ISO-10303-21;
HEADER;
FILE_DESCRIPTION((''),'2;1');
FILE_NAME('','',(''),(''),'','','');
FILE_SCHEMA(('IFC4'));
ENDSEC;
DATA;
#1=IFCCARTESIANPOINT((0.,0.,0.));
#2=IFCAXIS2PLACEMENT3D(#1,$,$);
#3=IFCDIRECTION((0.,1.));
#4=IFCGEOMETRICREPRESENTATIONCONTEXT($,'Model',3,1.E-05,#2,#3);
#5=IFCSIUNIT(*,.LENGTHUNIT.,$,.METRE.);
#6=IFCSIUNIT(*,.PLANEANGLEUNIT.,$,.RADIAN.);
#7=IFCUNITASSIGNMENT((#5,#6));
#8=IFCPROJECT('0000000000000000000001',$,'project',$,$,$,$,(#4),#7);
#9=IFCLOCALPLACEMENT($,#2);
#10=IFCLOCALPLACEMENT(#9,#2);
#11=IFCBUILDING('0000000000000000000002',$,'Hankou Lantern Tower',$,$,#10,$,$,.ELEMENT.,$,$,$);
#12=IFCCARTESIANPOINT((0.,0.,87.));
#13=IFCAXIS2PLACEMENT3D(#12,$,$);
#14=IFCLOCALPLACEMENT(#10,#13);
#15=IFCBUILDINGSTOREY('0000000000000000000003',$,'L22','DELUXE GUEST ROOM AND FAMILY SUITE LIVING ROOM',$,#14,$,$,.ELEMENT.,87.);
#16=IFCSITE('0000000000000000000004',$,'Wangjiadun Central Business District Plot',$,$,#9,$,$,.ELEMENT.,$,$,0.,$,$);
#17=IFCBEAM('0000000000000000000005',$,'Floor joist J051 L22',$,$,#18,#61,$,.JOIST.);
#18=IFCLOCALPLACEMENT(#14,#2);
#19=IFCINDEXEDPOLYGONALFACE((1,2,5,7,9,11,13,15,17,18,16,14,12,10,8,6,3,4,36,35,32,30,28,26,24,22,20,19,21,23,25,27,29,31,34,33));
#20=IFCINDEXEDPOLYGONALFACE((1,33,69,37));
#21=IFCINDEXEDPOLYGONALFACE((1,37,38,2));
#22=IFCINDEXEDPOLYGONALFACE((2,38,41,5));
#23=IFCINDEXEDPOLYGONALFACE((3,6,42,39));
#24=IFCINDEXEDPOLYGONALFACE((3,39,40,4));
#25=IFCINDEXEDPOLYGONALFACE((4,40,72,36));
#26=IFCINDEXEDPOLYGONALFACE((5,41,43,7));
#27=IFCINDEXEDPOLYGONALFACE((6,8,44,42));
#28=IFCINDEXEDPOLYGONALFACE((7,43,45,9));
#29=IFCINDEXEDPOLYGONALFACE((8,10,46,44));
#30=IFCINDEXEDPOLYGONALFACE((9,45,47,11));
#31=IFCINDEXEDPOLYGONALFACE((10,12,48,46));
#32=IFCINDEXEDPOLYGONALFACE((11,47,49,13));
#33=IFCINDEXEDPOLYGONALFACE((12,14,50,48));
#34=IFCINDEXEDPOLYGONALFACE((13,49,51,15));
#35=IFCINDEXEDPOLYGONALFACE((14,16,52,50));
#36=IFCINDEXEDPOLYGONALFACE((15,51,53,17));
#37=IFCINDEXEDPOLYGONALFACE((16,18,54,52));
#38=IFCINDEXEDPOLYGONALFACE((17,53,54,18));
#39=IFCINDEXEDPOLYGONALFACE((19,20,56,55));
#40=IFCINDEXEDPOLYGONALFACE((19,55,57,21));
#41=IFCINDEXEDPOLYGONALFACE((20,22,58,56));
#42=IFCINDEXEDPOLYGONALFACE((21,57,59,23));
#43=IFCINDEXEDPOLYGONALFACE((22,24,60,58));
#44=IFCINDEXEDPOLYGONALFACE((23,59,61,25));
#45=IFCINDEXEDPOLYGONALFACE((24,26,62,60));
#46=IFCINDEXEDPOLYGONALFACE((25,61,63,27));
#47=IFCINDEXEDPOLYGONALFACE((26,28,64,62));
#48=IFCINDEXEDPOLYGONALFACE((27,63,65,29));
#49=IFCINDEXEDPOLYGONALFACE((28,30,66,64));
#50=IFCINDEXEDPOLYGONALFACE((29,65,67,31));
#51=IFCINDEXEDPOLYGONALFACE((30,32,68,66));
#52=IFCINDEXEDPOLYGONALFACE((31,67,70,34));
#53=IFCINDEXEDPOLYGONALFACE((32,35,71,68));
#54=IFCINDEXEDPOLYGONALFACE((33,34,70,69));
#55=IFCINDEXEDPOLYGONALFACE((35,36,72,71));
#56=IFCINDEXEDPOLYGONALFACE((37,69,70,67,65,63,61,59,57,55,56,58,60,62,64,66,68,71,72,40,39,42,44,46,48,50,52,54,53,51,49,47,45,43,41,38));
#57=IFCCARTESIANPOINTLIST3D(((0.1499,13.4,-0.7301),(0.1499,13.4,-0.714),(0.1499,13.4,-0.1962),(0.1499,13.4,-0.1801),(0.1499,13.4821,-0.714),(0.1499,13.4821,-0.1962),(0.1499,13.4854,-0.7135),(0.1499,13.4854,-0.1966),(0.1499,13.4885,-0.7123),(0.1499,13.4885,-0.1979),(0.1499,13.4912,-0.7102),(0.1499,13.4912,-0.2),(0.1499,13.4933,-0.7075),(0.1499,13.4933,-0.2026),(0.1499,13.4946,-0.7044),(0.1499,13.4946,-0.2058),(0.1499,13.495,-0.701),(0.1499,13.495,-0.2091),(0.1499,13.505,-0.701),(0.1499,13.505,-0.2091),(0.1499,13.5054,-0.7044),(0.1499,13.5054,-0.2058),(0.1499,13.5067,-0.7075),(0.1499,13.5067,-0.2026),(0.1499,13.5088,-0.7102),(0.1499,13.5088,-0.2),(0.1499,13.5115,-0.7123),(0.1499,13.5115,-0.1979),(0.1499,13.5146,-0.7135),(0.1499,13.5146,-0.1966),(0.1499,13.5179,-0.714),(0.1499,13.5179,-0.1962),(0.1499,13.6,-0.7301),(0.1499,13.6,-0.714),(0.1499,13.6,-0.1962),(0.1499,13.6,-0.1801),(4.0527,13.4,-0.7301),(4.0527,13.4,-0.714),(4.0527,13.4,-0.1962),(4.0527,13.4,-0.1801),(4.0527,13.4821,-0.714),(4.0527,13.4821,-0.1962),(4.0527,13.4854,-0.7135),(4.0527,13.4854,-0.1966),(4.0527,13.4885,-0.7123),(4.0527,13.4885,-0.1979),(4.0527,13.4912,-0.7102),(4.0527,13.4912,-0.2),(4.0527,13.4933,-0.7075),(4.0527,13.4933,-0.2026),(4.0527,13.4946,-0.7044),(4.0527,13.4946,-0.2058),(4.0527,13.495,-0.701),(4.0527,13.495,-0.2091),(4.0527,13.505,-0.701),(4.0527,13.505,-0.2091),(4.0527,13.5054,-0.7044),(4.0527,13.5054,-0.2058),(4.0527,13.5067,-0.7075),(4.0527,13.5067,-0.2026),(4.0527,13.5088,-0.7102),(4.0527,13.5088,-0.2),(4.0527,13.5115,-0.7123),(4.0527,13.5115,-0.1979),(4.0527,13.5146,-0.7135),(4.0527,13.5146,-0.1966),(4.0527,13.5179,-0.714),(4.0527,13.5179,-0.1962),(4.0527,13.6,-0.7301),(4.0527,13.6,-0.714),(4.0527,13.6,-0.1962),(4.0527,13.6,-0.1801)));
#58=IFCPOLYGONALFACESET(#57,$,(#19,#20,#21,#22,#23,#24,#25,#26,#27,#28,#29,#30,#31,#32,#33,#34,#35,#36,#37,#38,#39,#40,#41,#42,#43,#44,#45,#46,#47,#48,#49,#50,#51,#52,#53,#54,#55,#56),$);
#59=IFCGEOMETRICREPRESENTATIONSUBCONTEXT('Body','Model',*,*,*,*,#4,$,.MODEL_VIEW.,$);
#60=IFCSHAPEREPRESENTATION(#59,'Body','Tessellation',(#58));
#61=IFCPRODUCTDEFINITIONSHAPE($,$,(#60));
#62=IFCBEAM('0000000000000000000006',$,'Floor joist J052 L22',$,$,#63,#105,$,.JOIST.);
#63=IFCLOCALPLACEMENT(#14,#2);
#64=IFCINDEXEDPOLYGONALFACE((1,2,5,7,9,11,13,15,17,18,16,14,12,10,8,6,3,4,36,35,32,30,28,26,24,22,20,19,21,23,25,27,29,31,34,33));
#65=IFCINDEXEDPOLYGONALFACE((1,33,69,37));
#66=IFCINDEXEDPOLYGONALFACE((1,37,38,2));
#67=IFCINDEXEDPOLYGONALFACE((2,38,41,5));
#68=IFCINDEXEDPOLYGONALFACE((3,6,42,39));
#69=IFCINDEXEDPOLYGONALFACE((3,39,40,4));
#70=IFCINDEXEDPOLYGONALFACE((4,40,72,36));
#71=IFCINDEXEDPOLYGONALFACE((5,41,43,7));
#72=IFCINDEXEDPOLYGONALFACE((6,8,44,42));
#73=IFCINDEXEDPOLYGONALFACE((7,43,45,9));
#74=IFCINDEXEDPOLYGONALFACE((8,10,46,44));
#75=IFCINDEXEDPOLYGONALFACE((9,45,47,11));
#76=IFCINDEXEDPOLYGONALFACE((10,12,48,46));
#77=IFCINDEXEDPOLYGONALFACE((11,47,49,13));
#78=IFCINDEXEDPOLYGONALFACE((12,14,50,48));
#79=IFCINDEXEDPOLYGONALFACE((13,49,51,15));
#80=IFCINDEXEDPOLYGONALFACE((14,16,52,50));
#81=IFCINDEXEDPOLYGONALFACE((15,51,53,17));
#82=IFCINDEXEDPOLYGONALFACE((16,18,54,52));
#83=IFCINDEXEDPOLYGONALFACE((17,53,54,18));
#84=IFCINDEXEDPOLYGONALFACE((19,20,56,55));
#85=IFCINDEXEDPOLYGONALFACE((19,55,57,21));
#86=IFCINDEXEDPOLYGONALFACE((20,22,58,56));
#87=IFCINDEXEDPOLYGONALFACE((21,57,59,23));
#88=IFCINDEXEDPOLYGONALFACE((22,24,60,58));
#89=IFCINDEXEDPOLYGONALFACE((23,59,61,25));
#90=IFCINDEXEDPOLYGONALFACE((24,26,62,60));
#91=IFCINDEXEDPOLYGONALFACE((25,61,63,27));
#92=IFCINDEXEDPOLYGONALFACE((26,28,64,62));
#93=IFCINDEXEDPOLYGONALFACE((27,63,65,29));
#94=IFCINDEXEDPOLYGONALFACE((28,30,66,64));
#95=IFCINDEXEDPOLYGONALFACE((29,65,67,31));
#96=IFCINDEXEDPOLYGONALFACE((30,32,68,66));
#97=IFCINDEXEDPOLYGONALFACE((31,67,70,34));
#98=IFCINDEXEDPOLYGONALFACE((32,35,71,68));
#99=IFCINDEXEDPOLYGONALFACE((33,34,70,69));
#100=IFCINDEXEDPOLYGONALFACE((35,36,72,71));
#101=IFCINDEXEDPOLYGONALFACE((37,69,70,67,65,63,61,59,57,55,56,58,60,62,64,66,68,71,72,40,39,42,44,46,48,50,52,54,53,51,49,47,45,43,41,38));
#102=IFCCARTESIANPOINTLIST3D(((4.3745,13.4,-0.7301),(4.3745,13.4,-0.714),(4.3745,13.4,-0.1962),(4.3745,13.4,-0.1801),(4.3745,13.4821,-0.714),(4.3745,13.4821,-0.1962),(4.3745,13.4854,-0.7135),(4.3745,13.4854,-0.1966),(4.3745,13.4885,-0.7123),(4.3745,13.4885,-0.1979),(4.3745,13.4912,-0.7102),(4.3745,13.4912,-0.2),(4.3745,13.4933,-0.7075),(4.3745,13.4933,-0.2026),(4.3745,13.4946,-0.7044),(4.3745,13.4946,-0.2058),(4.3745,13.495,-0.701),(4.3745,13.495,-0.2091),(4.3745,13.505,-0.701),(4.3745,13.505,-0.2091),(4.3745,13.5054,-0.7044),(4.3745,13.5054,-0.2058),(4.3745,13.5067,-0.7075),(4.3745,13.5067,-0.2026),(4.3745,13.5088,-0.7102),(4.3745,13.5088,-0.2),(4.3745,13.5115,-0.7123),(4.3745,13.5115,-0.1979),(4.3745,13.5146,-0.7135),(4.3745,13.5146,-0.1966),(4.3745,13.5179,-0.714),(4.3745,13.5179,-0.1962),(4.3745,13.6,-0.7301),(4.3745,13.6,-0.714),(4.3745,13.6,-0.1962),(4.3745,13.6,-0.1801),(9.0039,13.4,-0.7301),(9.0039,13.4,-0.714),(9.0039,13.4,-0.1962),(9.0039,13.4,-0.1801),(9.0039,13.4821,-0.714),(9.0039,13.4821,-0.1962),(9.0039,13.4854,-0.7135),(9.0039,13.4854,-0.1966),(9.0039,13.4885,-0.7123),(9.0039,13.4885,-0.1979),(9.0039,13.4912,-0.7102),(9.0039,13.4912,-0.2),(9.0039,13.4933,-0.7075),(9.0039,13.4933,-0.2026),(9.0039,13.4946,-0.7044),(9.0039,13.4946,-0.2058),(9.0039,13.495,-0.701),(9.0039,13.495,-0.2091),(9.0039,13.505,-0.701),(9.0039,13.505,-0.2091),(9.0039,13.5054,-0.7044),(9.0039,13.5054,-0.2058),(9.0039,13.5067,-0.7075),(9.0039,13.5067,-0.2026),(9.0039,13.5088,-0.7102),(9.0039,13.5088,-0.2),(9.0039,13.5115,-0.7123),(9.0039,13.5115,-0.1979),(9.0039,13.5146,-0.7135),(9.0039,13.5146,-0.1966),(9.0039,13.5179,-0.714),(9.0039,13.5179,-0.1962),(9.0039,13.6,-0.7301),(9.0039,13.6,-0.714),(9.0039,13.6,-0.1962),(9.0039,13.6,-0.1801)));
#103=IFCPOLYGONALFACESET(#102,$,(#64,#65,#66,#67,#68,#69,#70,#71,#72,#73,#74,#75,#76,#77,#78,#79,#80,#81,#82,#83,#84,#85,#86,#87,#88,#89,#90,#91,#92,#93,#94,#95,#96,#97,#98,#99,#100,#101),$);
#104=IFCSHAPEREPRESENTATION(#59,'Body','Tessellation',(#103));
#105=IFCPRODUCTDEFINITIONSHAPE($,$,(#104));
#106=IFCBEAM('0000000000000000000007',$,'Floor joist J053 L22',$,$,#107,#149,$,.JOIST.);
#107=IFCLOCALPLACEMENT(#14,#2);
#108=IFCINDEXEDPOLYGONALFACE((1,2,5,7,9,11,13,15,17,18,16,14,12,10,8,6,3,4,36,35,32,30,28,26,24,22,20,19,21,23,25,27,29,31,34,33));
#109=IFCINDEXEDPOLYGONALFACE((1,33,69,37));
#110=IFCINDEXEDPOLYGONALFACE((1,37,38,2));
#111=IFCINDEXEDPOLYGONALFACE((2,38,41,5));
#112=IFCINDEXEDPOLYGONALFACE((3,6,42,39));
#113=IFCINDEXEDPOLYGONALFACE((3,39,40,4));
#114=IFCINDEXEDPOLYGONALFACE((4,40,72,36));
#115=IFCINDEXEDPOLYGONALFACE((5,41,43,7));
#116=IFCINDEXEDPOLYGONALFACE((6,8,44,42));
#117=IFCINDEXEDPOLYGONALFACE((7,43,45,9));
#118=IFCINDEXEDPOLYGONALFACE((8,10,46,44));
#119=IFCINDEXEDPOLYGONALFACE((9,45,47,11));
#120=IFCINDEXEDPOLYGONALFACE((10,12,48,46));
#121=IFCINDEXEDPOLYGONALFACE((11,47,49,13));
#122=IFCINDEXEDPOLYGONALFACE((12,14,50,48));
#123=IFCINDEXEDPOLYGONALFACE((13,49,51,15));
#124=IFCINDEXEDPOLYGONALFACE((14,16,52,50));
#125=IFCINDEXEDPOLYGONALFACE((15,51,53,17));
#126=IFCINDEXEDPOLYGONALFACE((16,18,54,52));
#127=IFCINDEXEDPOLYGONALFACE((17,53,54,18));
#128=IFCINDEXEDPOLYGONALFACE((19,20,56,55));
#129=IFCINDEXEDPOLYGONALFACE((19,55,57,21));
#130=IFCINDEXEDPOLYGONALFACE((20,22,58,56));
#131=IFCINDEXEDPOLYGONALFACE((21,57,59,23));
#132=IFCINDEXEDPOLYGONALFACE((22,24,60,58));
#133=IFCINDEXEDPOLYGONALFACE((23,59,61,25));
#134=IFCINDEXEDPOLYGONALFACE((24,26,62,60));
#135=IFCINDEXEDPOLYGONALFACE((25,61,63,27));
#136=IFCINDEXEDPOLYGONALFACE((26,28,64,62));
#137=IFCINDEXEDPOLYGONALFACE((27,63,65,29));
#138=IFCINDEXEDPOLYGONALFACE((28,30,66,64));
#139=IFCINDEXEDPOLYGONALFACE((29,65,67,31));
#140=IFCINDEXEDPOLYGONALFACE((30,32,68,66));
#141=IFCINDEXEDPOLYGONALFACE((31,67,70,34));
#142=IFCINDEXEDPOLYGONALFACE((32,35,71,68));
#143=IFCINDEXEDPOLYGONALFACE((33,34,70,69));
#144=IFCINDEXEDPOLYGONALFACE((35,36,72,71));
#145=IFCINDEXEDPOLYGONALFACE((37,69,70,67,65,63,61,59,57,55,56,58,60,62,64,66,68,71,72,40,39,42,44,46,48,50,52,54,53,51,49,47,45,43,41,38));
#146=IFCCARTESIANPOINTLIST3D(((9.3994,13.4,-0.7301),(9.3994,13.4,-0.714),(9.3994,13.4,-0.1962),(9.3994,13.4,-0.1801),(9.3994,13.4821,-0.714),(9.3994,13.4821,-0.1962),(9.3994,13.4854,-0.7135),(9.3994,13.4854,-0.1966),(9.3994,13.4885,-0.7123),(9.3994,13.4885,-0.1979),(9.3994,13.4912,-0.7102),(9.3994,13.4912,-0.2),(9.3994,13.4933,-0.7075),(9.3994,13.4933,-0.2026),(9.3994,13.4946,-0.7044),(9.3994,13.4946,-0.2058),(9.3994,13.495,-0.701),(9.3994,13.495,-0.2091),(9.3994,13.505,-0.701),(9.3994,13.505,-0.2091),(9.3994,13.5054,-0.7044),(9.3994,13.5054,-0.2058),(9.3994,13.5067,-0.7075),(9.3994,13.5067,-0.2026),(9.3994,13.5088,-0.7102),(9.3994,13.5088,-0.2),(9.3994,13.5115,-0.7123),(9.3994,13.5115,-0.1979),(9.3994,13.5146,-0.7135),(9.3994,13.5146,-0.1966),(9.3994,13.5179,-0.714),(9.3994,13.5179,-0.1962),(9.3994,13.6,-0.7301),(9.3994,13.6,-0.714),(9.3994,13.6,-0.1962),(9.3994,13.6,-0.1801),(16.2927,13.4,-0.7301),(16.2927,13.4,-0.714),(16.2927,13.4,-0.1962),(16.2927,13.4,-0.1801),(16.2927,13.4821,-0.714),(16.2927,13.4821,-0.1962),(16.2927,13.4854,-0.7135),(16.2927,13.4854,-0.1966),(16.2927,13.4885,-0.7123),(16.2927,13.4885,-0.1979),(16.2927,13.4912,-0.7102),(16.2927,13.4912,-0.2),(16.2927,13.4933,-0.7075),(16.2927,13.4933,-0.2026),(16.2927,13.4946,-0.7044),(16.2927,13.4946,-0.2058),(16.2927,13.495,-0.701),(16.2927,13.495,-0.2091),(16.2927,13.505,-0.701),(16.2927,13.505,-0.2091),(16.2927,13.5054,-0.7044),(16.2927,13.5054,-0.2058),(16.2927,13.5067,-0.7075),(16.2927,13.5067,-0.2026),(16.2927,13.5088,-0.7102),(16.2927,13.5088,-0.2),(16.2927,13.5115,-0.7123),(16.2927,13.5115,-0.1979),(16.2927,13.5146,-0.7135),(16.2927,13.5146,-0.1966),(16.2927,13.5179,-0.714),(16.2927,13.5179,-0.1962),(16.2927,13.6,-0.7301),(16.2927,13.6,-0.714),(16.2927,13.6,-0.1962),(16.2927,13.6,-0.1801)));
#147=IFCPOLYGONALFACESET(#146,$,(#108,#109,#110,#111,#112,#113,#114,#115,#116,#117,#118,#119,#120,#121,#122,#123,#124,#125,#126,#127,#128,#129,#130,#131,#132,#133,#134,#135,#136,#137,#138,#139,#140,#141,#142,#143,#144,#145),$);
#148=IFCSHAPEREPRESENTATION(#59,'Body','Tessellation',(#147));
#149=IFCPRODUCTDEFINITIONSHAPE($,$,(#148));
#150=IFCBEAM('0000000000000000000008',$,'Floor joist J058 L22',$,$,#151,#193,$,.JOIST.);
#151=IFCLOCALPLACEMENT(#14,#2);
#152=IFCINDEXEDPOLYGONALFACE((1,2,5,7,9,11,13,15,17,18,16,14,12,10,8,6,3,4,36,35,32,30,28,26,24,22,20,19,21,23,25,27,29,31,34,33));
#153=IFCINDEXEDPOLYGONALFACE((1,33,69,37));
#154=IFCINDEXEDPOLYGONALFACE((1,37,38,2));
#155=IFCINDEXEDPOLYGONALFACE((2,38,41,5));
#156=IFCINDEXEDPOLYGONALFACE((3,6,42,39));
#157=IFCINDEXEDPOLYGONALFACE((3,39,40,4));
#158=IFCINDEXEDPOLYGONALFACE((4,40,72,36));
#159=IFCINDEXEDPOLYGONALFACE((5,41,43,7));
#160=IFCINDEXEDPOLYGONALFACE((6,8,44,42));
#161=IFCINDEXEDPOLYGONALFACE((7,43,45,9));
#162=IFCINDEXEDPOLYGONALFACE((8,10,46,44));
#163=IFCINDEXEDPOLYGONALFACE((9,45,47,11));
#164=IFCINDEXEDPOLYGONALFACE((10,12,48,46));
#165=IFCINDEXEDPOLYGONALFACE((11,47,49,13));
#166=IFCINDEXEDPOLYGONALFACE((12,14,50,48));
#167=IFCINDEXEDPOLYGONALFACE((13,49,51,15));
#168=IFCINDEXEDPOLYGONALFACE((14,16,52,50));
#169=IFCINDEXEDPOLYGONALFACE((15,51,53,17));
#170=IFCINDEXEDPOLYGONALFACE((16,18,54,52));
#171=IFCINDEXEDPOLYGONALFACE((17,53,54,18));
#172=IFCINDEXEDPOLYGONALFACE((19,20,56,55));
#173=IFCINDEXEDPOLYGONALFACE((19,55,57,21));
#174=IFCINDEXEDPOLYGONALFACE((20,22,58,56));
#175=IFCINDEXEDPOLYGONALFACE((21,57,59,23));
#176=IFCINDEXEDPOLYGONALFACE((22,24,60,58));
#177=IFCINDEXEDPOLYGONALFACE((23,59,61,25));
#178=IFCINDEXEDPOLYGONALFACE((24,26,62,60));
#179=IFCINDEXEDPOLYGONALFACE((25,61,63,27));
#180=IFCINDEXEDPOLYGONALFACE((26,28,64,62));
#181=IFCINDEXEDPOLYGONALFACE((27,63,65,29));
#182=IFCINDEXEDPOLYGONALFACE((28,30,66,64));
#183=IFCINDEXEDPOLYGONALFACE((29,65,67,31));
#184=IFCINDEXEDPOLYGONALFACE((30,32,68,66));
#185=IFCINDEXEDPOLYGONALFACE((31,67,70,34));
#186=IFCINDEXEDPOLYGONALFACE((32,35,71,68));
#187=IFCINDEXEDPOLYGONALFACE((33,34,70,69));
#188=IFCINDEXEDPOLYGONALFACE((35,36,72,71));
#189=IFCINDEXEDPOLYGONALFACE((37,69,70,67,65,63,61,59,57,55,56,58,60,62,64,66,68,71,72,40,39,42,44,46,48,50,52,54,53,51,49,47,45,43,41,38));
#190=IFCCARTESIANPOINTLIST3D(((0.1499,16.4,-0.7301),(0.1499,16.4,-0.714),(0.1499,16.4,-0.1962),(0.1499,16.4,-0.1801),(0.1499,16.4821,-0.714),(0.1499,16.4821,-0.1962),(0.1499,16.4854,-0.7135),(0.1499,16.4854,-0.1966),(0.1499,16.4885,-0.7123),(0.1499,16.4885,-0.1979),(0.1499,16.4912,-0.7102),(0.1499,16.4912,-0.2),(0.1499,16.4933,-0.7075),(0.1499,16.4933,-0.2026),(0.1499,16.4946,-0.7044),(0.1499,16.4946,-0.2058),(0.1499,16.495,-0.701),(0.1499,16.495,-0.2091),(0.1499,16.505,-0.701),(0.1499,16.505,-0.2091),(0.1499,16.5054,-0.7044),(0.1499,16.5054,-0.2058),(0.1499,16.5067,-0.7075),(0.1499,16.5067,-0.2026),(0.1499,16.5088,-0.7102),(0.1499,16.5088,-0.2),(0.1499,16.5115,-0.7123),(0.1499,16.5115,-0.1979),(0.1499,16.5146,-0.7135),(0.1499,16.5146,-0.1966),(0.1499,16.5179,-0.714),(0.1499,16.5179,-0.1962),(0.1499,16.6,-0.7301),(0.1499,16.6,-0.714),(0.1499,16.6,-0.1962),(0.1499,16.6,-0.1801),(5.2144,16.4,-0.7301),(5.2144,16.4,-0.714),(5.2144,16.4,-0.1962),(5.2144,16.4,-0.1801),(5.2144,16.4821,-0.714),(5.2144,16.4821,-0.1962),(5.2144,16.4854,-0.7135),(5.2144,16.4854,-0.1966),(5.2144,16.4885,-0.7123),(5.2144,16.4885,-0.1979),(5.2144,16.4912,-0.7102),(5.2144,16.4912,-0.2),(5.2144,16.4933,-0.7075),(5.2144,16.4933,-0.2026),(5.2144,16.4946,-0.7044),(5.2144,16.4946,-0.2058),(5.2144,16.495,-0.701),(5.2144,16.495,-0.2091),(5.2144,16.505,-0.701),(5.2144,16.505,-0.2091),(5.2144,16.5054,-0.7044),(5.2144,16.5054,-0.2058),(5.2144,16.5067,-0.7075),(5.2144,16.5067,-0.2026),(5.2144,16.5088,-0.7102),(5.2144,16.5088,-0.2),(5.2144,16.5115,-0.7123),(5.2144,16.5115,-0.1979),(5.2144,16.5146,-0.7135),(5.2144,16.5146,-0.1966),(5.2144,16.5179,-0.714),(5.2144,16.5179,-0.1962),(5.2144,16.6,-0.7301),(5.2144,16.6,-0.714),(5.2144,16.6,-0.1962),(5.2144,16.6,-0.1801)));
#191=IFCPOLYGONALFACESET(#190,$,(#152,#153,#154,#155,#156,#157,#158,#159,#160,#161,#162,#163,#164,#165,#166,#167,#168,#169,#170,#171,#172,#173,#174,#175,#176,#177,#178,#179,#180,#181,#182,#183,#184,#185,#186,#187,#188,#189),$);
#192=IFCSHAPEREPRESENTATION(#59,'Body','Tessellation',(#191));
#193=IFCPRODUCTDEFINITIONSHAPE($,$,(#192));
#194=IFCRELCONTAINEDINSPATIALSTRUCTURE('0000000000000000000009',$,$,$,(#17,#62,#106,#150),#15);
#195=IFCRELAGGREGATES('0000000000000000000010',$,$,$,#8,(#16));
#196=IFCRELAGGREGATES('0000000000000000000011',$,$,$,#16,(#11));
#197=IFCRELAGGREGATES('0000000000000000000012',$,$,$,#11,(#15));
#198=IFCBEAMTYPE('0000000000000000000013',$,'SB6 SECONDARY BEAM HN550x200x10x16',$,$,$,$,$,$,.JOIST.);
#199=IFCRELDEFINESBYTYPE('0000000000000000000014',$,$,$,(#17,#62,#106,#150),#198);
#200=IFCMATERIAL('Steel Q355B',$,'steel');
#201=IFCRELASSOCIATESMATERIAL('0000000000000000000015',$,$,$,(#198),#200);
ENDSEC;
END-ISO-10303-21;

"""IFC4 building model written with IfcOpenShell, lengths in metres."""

from ifc_helpers import new_model, si_unit, direction, frame, origin, origin_2d, place, context, subcontext, project, spatial, i_section, extrude, material, material_profile, profile_set, type_object, element, save


model = new_model("IFC4")

# Units and contexts
model_context = context("Model", 3, precision=1e-05, world=origin(), true_north=direction((0.0, 1.0)))
body_context = subcontext(model_context, "Body", "Model", "MODEL_VIEW")
ifc_project = project(units=[si_unit("LENGTHUNIT", "METRE"), si_unit("PLANEANGLEUNIT", "RADIAN")], contexts=[model_context])

# Site, building, storey
site_placement = place(None, origin())
site = spatial("IfcSite", under=ifc_project, at=site_placement, Name="Wangjiadun Central Business District Plot", CompositionType="ELEMENT", RefElevation=0.0)
building_placement = place(site_placement, origin())
building = spatial("IfcBuilding", under=site, at=building_placement, Name="Hankou Lantern Tower", CompositionType="ELEMENT")
storey_placement = place(building_placement, frame((0.0, 0.0, 87.0)))
storey = spatial("IfcBuildingStorey", under=building, at=storey_placement, Name="L22", Description="DELUXE GUEST ROOM AND FAMILY SUITE LIVING ROOM", CompositionType="ELEMENT", Elevation=87.0)

# Beams
ifc_material_1 = material(Name="Steel Q355B", Category="steel")
ifc_material_profile_1 = material_profile(ifc_material_1, i_section(OverallWidth=0.2, OverallDepth=0.55, WebThickness=0.01, FlangeThickness=0.0161, FilletRadius=0.0129, at=origin_2d()), Name="HN550x200x10x16")
ifc_profile_set_1 = profile_set([ifc_material_profile_1], Name="Steel Q355B")
beam_type_1 = type_object("IfcBeamType", Name="SB6 SECONDARY BEAM HN550x200x10x16", PredefinedType="JOIST", material=ifc_profile_set_1)
beam_1_placement = place(storey_placement, frame((0.1499, 13.5, -0.4551), z_axis=(1.0, 0.0, 0.0), x_axis=(0.0, 1.0, 0.0)))
element("IfcBeam", 1, at=beam_1_placement, inside=storey, type_object=beam_type_1, Name="Floor joist J051 L22", PredefinedType="JOIST", context=body_context, shape_type="SweptSolid", body=[
    extrude(i_section(OverallWidth=0.2, OverallDepth=0.55, WebThickness=0.01, FlangeThickness=0.0161, FilletRadius=0.0129, at=origin_2d()), origin(), (0.0, 0.0, 1.0), 3.9028),
])
beam_2_placement = place(storey_placement, frame((4.3745, 13.5, -0.4551), z_axis=(1.0, 0.0, 0.0), x_axis=(0.0, 1.0, 0.0)))
element("IfcBeam", 2, at=beam_2_placement, inside=storey, type_object=beam_type_1, Name="Floor joist J052 L22", PredefinedType="JOIST", context=body_context, shape_type="SweptSolid", body=[
    extrude(i_section(OverallWidth=0.2, OverallDepth=0.55, WebThickness=0.01, FlangeThickness=0.0161, FilletRadius=0.0129, at=origin_2d()), origin(), (0.0, 0.0, 1.0), 4.6294),
])
beam_3_placement = place(storey_placement, frame((9.3994, 13.5, -0.4551), z_axis=(1.0, 0.0, 0.0), x_axis=(0.0, 1.0, 0.0)))
element("IfcBeam", 3, at=beam_3_placement, inside=storey, type_object=beam_type_1, Name="Floor joist J053 L22", PredefinedType="JOIST", context=body_context, shape_type="SweptSolid", body=[
    extrude(i_section(OverallWidth=0.2, OverallDepth=0.55, WebThickness=0.01, FlangeThickness=0.0161, FilletRadius=0.0129, at=origin_2d()), origin(), (0.0, 0.0, 1.0), 6.8933),
])
beam_4_placement = place(storey_placement, frame((0.1499, 16.5, -0.4551), z_axis=(1.0, 0.0, 0.0), x_axis=(0.0, 1.0, 0.0)))
element("IfcBeam", 4, at=beam_4_placement, inside=storey, type_object=beam_type_1, Name="Floor joist J058 L22", PredefinedType="JOIST", context=body_context, shape_type="SweptSolid", body=[
    extrude(i_section(OverallWidth=0.2, OverallDepth=0.55, WebThickness=0.01, FlangeThickness=0.0161, FilletRadius=0.0129, at=origin_2d()), origin(), (0.0, 0.0, 1.0), 5.0645),
])

save(model, "model.ifc")
